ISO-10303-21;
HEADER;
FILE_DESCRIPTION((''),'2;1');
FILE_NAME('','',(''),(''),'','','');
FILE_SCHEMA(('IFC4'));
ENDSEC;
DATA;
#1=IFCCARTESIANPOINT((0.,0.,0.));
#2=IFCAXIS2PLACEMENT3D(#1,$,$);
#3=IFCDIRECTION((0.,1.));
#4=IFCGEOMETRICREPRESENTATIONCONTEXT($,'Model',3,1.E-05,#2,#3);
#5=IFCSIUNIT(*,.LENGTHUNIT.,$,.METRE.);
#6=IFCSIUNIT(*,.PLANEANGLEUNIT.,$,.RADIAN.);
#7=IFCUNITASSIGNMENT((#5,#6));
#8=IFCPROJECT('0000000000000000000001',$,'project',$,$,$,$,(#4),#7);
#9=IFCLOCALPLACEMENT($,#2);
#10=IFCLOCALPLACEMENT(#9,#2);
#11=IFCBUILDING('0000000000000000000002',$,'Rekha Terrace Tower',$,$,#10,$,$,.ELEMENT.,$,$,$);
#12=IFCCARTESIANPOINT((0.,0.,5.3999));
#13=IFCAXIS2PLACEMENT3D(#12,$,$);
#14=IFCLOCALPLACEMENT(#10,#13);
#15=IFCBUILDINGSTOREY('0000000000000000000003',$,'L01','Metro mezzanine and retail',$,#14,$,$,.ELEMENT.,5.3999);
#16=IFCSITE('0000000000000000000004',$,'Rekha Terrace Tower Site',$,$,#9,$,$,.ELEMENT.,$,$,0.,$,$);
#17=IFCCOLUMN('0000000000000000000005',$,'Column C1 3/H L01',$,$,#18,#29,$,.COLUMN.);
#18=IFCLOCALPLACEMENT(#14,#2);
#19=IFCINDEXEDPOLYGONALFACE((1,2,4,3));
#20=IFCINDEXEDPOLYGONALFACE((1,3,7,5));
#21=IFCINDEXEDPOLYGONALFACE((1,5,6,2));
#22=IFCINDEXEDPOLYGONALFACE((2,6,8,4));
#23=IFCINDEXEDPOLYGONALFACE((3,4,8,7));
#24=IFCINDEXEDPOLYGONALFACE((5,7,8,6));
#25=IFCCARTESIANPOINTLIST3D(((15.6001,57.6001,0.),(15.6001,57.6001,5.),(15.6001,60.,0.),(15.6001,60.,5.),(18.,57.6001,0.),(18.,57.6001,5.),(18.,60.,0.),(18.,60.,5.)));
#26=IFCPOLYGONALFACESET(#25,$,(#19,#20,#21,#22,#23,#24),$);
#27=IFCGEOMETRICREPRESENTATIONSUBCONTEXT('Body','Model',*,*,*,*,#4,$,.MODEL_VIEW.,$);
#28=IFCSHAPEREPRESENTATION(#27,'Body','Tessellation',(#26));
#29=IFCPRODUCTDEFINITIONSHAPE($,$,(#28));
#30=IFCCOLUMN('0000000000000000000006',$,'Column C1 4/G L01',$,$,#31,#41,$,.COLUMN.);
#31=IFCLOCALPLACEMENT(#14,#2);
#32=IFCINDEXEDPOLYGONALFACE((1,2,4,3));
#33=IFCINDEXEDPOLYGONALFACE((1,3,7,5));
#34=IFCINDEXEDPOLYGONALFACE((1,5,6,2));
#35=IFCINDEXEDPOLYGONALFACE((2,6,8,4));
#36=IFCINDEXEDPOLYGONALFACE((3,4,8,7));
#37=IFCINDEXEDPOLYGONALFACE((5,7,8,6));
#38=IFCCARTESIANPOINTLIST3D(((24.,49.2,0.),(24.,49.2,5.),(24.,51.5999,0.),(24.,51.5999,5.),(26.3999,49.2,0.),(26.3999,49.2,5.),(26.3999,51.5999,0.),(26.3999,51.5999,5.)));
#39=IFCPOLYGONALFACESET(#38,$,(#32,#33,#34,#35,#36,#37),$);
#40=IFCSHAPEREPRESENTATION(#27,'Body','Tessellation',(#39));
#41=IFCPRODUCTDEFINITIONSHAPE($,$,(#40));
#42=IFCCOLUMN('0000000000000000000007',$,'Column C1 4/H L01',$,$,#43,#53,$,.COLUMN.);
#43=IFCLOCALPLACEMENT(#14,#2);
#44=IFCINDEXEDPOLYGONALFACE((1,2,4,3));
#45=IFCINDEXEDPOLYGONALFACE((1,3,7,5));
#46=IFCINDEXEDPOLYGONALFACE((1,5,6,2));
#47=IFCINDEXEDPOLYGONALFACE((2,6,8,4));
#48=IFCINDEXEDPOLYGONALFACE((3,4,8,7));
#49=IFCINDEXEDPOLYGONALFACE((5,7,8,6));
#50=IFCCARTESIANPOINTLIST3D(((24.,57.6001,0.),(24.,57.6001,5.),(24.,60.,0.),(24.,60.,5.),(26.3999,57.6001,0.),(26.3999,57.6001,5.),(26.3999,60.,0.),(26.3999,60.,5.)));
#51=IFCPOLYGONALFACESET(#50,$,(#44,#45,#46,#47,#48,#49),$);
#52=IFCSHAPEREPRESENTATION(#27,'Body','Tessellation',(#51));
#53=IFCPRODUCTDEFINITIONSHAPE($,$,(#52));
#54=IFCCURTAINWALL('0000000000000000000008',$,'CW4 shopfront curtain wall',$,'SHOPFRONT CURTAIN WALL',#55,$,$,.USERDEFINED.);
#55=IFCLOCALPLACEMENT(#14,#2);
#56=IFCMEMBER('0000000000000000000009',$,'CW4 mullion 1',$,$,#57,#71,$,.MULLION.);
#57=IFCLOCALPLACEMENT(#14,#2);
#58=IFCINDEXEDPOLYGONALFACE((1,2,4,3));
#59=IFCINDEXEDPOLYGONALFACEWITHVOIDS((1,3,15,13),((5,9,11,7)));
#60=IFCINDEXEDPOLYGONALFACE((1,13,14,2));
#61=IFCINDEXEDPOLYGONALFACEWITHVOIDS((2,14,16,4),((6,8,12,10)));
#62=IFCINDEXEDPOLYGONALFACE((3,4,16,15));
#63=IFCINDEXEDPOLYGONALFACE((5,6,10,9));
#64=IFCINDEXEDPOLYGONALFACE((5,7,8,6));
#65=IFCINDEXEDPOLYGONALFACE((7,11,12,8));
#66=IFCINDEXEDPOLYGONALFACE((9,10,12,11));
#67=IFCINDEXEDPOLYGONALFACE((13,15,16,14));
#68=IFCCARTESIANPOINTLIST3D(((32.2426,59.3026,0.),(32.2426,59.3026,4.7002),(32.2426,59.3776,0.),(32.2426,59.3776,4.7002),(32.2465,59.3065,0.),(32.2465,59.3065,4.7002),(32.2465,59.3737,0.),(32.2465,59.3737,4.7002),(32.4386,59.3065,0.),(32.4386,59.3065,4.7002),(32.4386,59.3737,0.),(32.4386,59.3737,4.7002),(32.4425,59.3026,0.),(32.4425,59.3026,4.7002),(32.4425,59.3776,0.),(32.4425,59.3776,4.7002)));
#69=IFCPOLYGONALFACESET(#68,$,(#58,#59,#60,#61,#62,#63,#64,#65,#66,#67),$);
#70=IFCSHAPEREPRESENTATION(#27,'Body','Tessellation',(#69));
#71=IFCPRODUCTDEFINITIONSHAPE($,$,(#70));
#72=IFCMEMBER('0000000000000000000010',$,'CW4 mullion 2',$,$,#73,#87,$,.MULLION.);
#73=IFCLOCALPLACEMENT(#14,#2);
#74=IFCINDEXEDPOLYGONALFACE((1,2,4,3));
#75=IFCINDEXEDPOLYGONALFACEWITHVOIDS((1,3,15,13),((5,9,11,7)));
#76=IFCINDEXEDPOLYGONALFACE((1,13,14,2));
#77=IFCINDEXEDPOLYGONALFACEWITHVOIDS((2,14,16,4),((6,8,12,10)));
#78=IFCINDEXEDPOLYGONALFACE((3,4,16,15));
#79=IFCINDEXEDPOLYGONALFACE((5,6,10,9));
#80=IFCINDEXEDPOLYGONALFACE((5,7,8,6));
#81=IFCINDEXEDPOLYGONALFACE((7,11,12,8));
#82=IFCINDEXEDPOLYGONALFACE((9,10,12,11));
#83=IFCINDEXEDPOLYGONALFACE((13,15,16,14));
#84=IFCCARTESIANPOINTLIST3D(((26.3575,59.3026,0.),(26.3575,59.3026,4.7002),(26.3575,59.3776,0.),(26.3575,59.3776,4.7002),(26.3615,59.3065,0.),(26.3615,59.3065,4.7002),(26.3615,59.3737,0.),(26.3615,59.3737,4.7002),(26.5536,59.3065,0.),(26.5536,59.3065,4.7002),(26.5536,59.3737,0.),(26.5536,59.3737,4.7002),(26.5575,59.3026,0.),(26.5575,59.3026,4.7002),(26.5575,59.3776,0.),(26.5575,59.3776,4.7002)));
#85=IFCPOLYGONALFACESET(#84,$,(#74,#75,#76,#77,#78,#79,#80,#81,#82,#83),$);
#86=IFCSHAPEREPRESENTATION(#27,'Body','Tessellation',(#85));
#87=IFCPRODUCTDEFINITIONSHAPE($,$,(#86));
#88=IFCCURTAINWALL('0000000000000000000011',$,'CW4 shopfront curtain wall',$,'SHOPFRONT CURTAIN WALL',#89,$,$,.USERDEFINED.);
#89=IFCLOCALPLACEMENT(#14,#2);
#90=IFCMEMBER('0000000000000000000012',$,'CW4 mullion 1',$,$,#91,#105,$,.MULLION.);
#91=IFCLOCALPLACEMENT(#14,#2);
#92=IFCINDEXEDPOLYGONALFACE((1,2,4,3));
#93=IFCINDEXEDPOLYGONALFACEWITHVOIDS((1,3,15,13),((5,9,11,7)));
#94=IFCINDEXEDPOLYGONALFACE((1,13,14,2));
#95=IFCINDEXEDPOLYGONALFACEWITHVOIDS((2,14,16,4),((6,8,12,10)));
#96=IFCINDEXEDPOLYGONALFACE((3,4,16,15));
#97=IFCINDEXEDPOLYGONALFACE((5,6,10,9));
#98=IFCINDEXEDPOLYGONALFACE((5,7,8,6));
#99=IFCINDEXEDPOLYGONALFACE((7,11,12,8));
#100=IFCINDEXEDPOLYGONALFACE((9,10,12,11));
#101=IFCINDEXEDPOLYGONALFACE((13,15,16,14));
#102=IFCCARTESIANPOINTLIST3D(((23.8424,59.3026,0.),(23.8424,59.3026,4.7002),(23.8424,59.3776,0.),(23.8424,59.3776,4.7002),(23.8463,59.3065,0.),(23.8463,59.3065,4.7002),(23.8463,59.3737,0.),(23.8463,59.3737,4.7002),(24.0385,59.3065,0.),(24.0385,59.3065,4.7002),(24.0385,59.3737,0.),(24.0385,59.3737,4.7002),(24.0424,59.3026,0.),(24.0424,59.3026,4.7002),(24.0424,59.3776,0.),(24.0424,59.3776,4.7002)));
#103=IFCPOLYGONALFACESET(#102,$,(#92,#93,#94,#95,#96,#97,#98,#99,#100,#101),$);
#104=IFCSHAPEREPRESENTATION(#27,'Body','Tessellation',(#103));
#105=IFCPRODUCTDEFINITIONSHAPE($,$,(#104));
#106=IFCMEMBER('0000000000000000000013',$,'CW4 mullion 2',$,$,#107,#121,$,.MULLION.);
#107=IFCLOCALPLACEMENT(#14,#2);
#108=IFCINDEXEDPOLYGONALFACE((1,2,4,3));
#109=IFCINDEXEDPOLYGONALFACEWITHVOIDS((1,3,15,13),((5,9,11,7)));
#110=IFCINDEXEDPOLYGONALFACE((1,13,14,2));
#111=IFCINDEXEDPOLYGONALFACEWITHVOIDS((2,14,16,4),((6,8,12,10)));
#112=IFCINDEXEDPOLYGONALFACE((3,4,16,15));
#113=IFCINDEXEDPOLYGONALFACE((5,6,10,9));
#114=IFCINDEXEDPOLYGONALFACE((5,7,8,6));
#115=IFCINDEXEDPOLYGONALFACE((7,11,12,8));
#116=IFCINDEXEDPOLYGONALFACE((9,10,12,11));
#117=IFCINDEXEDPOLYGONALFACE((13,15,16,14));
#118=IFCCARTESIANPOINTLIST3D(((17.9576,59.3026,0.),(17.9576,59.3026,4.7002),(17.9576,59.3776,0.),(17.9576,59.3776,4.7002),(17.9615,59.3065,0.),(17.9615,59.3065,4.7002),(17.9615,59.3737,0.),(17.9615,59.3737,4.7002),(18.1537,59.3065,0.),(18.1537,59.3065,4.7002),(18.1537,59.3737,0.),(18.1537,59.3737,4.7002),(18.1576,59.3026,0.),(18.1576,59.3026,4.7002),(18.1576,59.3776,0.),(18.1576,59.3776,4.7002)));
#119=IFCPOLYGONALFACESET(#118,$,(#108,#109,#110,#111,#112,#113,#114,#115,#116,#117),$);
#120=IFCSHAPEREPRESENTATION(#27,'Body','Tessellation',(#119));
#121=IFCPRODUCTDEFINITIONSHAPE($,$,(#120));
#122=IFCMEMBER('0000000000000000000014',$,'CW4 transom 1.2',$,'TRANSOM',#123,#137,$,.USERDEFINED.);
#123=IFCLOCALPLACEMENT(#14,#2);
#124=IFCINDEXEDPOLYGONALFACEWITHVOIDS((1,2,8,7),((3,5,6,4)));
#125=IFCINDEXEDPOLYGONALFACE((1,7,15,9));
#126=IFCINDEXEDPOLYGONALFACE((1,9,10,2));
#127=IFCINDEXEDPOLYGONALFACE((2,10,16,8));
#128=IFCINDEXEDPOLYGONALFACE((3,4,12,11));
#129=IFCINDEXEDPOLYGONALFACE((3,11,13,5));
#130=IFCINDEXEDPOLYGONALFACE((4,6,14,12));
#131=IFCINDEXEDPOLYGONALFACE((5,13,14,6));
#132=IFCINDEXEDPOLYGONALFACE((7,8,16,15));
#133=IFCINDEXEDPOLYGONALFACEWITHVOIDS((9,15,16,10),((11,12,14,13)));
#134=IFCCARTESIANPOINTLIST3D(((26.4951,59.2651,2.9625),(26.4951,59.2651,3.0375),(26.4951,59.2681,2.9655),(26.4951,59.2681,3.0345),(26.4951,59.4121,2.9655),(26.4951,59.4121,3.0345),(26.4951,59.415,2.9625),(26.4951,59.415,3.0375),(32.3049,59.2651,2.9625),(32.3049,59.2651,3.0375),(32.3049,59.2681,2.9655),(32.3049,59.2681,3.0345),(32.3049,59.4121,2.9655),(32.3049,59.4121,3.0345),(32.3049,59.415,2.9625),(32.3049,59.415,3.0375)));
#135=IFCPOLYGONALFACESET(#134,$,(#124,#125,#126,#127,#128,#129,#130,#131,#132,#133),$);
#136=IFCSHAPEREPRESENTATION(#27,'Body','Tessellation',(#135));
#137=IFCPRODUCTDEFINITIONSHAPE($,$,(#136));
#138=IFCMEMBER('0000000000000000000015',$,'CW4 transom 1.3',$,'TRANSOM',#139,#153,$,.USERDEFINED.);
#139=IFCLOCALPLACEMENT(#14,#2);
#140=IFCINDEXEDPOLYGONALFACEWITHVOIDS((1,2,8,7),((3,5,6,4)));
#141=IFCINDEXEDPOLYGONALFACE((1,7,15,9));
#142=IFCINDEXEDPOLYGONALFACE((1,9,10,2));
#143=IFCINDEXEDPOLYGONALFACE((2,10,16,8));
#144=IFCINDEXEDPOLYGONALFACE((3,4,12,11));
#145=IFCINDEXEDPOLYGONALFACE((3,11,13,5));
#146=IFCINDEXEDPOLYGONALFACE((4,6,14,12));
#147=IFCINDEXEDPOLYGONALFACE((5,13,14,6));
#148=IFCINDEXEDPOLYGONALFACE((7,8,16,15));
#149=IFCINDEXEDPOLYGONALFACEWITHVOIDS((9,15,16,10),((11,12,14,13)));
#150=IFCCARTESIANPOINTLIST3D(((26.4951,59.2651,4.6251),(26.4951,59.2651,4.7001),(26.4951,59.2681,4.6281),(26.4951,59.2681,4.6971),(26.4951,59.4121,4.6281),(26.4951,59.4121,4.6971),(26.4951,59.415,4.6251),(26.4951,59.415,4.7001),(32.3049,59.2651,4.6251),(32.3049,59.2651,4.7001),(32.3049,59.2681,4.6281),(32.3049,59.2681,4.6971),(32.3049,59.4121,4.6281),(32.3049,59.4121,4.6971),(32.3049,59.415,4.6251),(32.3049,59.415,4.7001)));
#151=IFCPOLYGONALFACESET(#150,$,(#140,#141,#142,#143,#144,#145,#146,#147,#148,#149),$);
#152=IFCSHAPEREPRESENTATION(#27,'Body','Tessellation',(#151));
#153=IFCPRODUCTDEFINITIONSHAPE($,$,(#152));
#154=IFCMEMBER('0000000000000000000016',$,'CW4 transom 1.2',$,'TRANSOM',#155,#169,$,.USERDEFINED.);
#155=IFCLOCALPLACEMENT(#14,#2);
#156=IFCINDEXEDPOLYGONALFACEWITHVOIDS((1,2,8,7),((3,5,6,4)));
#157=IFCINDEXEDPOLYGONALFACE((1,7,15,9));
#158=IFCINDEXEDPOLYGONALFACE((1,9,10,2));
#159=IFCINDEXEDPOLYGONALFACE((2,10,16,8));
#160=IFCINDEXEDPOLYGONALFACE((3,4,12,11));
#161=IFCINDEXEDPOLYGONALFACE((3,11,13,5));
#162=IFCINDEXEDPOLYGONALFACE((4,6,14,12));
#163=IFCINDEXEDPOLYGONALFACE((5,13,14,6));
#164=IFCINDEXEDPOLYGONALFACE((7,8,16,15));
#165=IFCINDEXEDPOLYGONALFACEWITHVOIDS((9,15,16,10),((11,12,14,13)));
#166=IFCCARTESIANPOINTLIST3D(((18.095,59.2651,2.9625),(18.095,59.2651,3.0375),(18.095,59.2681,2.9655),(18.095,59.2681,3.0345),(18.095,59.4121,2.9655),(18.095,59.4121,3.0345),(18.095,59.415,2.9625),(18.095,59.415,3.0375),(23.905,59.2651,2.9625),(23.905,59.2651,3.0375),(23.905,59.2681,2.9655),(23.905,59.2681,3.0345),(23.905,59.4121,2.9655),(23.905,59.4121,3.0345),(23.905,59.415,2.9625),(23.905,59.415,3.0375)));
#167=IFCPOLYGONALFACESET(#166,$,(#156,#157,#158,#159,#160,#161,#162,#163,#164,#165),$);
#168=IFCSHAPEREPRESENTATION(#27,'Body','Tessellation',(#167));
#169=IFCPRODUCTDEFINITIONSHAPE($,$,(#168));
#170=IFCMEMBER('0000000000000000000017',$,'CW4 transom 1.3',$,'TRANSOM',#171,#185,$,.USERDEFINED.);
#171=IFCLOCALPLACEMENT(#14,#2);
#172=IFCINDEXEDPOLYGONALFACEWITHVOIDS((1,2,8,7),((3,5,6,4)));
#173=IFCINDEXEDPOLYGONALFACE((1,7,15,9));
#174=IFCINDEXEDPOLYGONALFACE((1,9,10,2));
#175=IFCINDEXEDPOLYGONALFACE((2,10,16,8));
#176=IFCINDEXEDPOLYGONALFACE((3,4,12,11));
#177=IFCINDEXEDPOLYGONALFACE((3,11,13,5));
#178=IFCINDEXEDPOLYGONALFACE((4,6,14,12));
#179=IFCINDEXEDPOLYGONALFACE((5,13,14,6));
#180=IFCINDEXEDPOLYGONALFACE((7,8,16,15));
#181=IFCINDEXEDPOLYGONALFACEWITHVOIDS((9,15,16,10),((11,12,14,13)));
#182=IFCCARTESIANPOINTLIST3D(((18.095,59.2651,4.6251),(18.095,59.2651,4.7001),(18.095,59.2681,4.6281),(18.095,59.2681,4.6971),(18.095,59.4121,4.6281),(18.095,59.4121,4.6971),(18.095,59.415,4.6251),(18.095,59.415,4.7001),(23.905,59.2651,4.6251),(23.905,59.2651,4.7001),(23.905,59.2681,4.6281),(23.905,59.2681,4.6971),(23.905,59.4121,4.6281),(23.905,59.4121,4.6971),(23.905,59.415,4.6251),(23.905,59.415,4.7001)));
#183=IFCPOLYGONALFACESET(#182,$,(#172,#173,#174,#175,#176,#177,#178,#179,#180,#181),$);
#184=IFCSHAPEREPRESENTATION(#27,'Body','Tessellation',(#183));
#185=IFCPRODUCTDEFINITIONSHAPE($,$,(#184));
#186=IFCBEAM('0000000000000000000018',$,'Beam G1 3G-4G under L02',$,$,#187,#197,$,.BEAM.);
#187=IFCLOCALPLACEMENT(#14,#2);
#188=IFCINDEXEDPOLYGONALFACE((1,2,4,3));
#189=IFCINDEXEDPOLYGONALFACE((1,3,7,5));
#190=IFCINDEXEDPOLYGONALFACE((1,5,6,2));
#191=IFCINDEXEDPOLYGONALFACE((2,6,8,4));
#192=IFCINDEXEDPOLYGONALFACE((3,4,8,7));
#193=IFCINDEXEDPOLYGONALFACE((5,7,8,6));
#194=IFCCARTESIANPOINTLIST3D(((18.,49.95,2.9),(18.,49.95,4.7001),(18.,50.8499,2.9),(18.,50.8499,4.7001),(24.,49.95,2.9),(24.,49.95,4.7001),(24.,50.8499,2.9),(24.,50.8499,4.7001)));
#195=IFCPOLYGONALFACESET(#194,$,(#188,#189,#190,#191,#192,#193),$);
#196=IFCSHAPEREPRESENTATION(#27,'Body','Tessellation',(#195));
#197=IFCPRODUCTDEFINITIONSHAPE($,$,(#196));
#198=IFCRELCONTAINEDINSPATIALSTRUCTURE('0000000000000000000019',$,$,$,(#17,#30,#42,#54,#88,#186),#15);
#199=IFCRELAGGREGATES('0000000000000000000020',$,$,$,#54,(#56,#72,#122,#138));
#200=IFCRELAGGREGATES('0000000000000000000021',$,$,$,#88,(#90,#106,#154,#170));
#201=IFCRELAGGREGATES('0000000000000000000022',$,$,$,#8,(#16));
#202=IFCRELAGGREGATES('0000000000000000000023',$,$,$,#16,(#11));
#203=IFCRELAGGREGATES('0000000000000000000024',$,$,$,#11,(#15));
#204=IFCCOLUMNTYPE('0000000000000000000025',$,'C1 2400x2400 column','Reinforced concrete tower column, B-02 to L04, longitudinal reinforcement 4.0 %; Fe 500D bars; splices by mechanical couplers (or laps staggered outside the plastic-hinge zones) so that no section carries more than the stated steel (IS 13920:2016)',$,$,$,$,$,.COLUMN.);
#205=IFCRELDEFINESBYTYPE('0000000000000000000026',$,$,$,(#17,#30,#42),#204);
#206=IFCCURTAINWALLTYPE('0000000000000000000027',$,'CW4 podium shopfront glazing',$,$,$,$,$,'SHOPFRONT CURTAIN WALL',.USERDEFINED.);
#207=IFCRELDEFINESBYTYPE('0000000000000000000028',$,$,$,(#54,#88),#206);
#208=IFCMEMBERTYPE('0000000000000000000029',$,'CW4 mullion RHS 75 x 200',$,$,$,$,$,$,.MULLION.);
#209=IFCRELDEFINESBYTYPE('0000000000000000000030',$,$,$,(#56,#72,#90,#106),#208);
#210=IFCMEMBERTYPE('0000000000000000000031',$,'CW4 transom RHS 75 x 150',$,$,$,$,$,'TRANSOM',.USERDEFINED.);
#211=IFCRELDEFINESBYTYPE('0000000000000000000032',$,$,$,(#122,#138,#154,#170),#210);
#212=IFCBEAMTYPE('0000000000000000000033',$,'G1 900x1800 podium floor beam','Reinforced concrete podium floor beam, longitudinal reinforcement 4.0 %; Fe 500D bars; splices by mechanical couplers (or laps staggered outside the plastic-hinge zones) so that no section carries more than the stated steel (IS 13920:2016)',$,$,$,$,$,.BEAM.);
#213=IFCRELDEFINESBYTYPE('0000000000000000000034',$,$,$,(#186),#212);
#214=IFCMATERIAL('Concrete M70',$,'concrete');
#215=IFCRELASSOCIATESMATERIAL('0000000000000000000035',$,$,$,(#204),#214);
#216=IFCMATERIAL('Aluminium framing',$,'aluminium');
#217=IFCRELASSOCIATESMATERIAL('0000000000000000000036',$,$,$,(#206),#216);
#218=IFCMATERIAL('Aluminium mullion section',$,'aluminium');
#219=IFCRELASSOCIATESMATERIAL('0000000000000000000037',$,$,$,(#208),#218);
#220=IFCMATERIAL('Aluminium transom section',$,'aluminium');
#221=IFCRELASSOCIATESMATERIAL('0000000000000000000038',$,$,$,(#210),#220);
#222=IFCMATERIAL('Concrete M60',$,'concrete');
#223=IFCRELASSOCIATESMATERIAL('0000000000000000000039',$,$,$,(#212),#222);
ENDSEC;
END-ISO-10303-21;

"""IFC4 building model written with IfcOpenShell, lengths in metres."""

from ifc_helpers import new_model, si_unit, direction, frame, origin, origin_2d, place, context, subcontext, project, spatial, rectangle, hollow_rectangle, extrude, material, material_profile, profile_set, type_object, element, aggregate, save


model = new_model("IFC4")

# Units and contexts
model_context = context("Model", 3, precision=1e-05, world=origin(), true_north=direction((0.0, 1.0)))
body_context = subcontext(model_context, "Body", "Model", "MODEL_VIEW")
ifc_project = project(units=[si_unit("LENGTHUNIT", "METRE"), si_unit("PLANEANGLEUNIT", "RADIAN")], contexts=[model_context])

# Site, building, storey
site_placement = place(None, origin())
site = spatial("IfcSite", under=ifc_project, at=site_placement, Name="Rekha Terrace Tower Site", CompositionType="ELEMENT", RefElevation=0.0)
building_placement = place(site_placement, origin())
building = spatial("IfcBuilding", under=site, at=building_placement, Name="Rekha Terrace Tower", CompositionType="ELEMENT")
storey_placement = place(building_placement, frame((0.0, 0.0, 5.3999)))
storey = spatial("IfcBuildingStorey", under=building, at=storey_placement, Name="L01", Description="Metro mezzanine and retail", CompositionType="ELEMENT", Elevation=5.3999)

# Columns
ifc_material_1 = material(Name="Concrete M70", Category="concrete")
ifc_material_profile_1 = material_profile(ifc_material_1, rectangle(XDim=2.3999, YDim=2.3999, at=origin_2d()), Name="RC 2400x2400")
ifc_profile_set_1 = profile_set([ifc_material_profile_1], Name="Concrete M70")
column_type = type_object("IfcColumnType", Name="C1 2400x2400 column", Description="Reinforced concrete tower column, B-02 to L04, longitudinal reinforcement 4.0 %; Fe 500D bars; splices by mechanical couplers (or laps staggered outside the plastic-hinge zones) so that no section carries more than the stated steel (IS 13920:2016)", PredefinedType="COLUMN", material=ifc_profile_set_1)
for number, where, z_axis, x_axis, name in (
    (1, (16.8, 58.8, 0.0), (0.0, 0.0, 1.0), (1.0, 0.0, 0.0), "Column C1 3/H L01"),
    (2, (25.2, 50.3999, 0.0), (0.0, 0.0, 1.0), (1.0, 0.0, 0.0), "Column C1 4/G L01"),
    (3, (25.2, 58.8, 0.0), (0.0, 0.0, 1.0), (1.0, 0.0, 0.0), "Column C1 4/H L01"),
):
    element("IfcColumn", number, at=place(storey_placement, frame(where, z_axis=z_axis, x_axis=x_axis)), inside=storey, type_object=column_type, Name=name, PredefinedType="COLUMN", context=body_context, shape_type="SweptSolid", body=[
        extrude(rectangle(XDim=2.3999, YDim=2.3999, at=origin_2d()), origin(), (0.0, 0.0, 1.0), 5.0),
    ])

# Curtain walls, members
ifc_material_2 = material(Name="Aluminium framing", Category="aluminium")
curtain_wall_type = type_object("IfcCurtainWallType", Name="CW4 podium shopfront glazing", ElementType="SHOPFRONT CURTAIN WALL", PredefinedType="USERDEFINED", material=ifc_material_2)
curtain_wall_1_placement = place(storey_placement, origin())
curtain_wall_1 = element("IfcCurtainWall", 4, at=curtain_wall_1_placement, inside=storey, type_object=curtain_wall_type, Name="CW4 shopfront curtain wall", ObjectType="SHOPFRONT CURTAIN WALL", PredefinedType="USERDEFINED")
ifc_material_3 = material(Name="Aluminium mullion section", Category="aluminium")
ifc_material_profile_2 = material_profile(ifc_material_3, hollow_rectangle(XDim=0.075, YDim=0.2, WallThickness=0.0039, at=origin_2d()), Name="AL RHS 75x200")
ifc_profile_set_2 = profile_set([ifc_material_profile_2], Name="Aluminium mullion section")
member_type_1 = type_object("IfcMemberType", Name="CW4 mullion RHS 75 x 200", PredefinedType="MULLION", material=ifc_profile_set_2)
member_1_placement = place(storey_placement, frame((32.3425, 59.3401, 0.0), z_axis=(0.0, 0.0, 1.0), x_axis=(0.0, -1.0, 0.0)))
member_1 = element("IfcMember", 5, at=member_1_placement, type_object=member_type_1, Name="CW4 mullion 1", PredefinedType="MULLION", context=body_context, shape_type="SweptSolid", body=[
    extrude(hollow_rectangle(XDim=0.075, YDim=0.2, WallThickness=0.0039, at=origin_2d()), origin(), (0.0, 0.0, 1.0), 4.7002),
])
member_2_placement = place(storey_placement, frame((26.4575, 59.3401, 0.0), z_axis=(0.0, 0.0, 1.0), x_axis=(0.0, -1.0, 0.0)))
member_2 = element("IfcMember", 6, at=member_2_placement, type_object=member_type_1, Name="CW4 mullion 2", PredefinedType="MULLION", context=body_context, shape_type="SweptSolid", body=[
    extrude(hollow_rectangle(XDim=0.075, YDim=0.2, WallThickness=0.0039, at=origin_2d()), origin(), (0.0, 0.0, 1.0), 4.7002),
])
curtain_wall_2_placement = place(storey_placement, origin())
curtain_wall_2 = element("IfcCurtainWall", 7, at=curtain_wall_2_placement, inside=storey, type_object=curtain_wall_type, Name="CW4 shopfront curtain wall", ObjectType="SHOPFRONT CURTAIN WALL", PredefinedType="USERDEFINED")
member_3_placement = place(storey_placement, frame((23.9424, 59.3401, 0.0), z_axis=(0.0, 0.0, 1.0), x_axis=(0.0, -1.0, 0.0)))
member_3 = element("IfcMember", 8, at=member_3_placement, type_object=member_type_1, Name="CW4 mullion 1", PredefinedType="MULLION", context=body_context, shape_type="SweptSolid", body=[
    extrude(hollow_rectangle(XDim=0.075, YDim=0.2, WallThickness=0.0039, at=origin_2d()), origin(), (0.0, 0.0, 1.0), 4.7002),
])
member_4_placement = place(storey_placement, frame((18.0576, 59.3401, 0.0), z_axis=(0.0, 0.0, 1.0), x_axis=(0.0, -1.0, 0.0)))
member_4 = element("IfcMember", 9, at=member_4_placement, type_object=member_type_1, Name="CW4 mullion 2", PredefinedType="MULLION", context=body_context, shape_type="SweptSolid", body=[
    extrude(hollow_rectangle(XDim=0.075, YDim=0.2, WallThickness=0.0039, at=origin_2d()), origin(), (0.0, 0.0, 1.0), 4.7002),
])

# Members
ifc_material_4 = material(Name="Aluminium transom section", Category="aluminium")
ifc_material_profile_3 = material_profile(ifc_material_4, hollow_rectangle(XDim=0.1499, YDim=0.075, WallThickness=0.0029, at=origin_2d()), Name="AL RHS 150x75")
ifc_profile_set_3 = profile_set([ifc_material_profile_3], Name="Aluminium transom section")
member_type_2 = type_object("IfcMemberType", Name="CW4 transom RHS 75 x 150", ElementType="TRANSOM", PredefinedType="USERDEFINED", material=ifc_profile_set_3)
member_5_placement = place(storey_placement, frame((32.3049, 59.3401, 3.0), z_axis=(-1.0, 0.0, 0.0), x_axis=(0.0, -1.0, 0.0)))
member_5 = element("IfcMember", 10, at=member_5_placement, type_object=member_type_2, Name="CW4 transom 1.2", ObjectType="TRANSOM", PredefinedType="USERDEFINED", context=body_context, shape_type="SweptSolid", body=[
    extrude(hollow_rectangle(XDim=0.1499, YDim=0.075, WallThickness=0.0029, at=origin_2d()), origin(), (0.0, 0.0, 1.0), 5.8098),
])
member_6_placement = place(storey_placement, frame((32.3049, 59.3401, 4.6626), z_axis=(-1.0, 0.0, 0.0), x_axis=(0.0, -1.0, 0.0)))
member_6 = element("IfcMember", 11, at=member_6_placement, type_object=member_type_2, Name="CW4 transom 1.3", ObjectType="TRANSOM", PredefinedType="USERDEFINED", context=body_context, shape_type="SweptSolid", body=[
    extrude(hollow_rectangle(XDim=0.1499, YDim=0.075, WallThickness=0.0029, at=origin_2d()), origin(), (0.0, 0.0, 1.0), 5.8098),
])
member_7_placement = place(storey_placement, frame((23.905, 59.3401, 3.0), z_axis=(-1.0, 0.0, 0.0), x_axis=(0.0, -1.0, 0.0)))
member_7 = element("IfcMember", 12, at=member_7_placement, type_object=member_type_2, Name="CW4 transom 1.2", ObjectType="TRANSOM", PredefinedType="USERDEFINED", context=body_context, shape_type="SweptSolid", body=[
    extrude(hollow_rectangle(XDim=0.1499, YDim=0.075, WallThickness=0.0029, at=origin_2d()), origin(), (0.0, 0.0, 1.0), 5.8101),
])
member_8_placement = place(storey_placement, frame((23.905, 59.3401, 4.6626), z_axis=(-1.0, 0.0, 0.0), x_axis=(0.0, -1.0, 0.0)))
member_8 = element("IfcMember", 13, at=member_8_placement, type_object=member_type_2, Name="CW4 transom 1.3", ObjectType="TRANSOM", PredefinedType="USERDEFINED", context=body_context, shape_type="SweptSolid", body=[
    extrude(hollow_rectangle(XDim=0.1499, YDim=0.075, WallThickness=0.0029, at=origin_2d()), origin(), (0.0, 0.0, 1.0), 5.8101),
])

# Beam
ifc_material_5 = material(Name="Concrete M60", Category="concrete")
ifc_material_profile_4 = material_profile(ifc_material_5, rectangle(XDim=0.8999, YDim=1.8, at=origin_2d()), Name="RC 900x1800")
ifc_profile_set_4 = profile_set([ifc_material_profile_4], Name="Concrete M60")
beam_type = type_object("IfcBeamType", Name="G1 900x1800 podium floor beam", Description="Reinforced concrete podium floor beam, longitudinal reinforcement 4.0 %; Fe 500D bars; splices by mechanical couplers (or laps staggered outside the plastic-hinge zones) so that no section carries more than the stated steel (IS 13920:2016)", PredefinedType="BEAM", material=ifc_profile_set_4)
for number, where, z_axis, x_axis, name in (
    (14, (18.0, 50.3999, 3.8), (1.0, 0.0, 0.0), (0.0, 1.0, 0.0), "Beam G1 3G-4G under L02"),
):
    element("IfcBeam", number, at=place(storey_placement, frame(where, z_axis=z_axis, x_axis=x_axis)), inside=storey, type_object=beam_type, Name=name, PredefinedType="BEAM", context=body_context, shape_type="SweptSolid", body=[
        extrude(rectangle(XDim=0.8999, YDim=1.8, at=origin_2d()), origin(), (0.0, 0.0, 1.0), 6.0),
    ])

aggregate(curtain_wall_1, [member_1, member_2, member_5, member_6])
aggregate(curtain_wall_2, [member_3, member_4, member_7, member_8])

save(model, "model.ifc")
